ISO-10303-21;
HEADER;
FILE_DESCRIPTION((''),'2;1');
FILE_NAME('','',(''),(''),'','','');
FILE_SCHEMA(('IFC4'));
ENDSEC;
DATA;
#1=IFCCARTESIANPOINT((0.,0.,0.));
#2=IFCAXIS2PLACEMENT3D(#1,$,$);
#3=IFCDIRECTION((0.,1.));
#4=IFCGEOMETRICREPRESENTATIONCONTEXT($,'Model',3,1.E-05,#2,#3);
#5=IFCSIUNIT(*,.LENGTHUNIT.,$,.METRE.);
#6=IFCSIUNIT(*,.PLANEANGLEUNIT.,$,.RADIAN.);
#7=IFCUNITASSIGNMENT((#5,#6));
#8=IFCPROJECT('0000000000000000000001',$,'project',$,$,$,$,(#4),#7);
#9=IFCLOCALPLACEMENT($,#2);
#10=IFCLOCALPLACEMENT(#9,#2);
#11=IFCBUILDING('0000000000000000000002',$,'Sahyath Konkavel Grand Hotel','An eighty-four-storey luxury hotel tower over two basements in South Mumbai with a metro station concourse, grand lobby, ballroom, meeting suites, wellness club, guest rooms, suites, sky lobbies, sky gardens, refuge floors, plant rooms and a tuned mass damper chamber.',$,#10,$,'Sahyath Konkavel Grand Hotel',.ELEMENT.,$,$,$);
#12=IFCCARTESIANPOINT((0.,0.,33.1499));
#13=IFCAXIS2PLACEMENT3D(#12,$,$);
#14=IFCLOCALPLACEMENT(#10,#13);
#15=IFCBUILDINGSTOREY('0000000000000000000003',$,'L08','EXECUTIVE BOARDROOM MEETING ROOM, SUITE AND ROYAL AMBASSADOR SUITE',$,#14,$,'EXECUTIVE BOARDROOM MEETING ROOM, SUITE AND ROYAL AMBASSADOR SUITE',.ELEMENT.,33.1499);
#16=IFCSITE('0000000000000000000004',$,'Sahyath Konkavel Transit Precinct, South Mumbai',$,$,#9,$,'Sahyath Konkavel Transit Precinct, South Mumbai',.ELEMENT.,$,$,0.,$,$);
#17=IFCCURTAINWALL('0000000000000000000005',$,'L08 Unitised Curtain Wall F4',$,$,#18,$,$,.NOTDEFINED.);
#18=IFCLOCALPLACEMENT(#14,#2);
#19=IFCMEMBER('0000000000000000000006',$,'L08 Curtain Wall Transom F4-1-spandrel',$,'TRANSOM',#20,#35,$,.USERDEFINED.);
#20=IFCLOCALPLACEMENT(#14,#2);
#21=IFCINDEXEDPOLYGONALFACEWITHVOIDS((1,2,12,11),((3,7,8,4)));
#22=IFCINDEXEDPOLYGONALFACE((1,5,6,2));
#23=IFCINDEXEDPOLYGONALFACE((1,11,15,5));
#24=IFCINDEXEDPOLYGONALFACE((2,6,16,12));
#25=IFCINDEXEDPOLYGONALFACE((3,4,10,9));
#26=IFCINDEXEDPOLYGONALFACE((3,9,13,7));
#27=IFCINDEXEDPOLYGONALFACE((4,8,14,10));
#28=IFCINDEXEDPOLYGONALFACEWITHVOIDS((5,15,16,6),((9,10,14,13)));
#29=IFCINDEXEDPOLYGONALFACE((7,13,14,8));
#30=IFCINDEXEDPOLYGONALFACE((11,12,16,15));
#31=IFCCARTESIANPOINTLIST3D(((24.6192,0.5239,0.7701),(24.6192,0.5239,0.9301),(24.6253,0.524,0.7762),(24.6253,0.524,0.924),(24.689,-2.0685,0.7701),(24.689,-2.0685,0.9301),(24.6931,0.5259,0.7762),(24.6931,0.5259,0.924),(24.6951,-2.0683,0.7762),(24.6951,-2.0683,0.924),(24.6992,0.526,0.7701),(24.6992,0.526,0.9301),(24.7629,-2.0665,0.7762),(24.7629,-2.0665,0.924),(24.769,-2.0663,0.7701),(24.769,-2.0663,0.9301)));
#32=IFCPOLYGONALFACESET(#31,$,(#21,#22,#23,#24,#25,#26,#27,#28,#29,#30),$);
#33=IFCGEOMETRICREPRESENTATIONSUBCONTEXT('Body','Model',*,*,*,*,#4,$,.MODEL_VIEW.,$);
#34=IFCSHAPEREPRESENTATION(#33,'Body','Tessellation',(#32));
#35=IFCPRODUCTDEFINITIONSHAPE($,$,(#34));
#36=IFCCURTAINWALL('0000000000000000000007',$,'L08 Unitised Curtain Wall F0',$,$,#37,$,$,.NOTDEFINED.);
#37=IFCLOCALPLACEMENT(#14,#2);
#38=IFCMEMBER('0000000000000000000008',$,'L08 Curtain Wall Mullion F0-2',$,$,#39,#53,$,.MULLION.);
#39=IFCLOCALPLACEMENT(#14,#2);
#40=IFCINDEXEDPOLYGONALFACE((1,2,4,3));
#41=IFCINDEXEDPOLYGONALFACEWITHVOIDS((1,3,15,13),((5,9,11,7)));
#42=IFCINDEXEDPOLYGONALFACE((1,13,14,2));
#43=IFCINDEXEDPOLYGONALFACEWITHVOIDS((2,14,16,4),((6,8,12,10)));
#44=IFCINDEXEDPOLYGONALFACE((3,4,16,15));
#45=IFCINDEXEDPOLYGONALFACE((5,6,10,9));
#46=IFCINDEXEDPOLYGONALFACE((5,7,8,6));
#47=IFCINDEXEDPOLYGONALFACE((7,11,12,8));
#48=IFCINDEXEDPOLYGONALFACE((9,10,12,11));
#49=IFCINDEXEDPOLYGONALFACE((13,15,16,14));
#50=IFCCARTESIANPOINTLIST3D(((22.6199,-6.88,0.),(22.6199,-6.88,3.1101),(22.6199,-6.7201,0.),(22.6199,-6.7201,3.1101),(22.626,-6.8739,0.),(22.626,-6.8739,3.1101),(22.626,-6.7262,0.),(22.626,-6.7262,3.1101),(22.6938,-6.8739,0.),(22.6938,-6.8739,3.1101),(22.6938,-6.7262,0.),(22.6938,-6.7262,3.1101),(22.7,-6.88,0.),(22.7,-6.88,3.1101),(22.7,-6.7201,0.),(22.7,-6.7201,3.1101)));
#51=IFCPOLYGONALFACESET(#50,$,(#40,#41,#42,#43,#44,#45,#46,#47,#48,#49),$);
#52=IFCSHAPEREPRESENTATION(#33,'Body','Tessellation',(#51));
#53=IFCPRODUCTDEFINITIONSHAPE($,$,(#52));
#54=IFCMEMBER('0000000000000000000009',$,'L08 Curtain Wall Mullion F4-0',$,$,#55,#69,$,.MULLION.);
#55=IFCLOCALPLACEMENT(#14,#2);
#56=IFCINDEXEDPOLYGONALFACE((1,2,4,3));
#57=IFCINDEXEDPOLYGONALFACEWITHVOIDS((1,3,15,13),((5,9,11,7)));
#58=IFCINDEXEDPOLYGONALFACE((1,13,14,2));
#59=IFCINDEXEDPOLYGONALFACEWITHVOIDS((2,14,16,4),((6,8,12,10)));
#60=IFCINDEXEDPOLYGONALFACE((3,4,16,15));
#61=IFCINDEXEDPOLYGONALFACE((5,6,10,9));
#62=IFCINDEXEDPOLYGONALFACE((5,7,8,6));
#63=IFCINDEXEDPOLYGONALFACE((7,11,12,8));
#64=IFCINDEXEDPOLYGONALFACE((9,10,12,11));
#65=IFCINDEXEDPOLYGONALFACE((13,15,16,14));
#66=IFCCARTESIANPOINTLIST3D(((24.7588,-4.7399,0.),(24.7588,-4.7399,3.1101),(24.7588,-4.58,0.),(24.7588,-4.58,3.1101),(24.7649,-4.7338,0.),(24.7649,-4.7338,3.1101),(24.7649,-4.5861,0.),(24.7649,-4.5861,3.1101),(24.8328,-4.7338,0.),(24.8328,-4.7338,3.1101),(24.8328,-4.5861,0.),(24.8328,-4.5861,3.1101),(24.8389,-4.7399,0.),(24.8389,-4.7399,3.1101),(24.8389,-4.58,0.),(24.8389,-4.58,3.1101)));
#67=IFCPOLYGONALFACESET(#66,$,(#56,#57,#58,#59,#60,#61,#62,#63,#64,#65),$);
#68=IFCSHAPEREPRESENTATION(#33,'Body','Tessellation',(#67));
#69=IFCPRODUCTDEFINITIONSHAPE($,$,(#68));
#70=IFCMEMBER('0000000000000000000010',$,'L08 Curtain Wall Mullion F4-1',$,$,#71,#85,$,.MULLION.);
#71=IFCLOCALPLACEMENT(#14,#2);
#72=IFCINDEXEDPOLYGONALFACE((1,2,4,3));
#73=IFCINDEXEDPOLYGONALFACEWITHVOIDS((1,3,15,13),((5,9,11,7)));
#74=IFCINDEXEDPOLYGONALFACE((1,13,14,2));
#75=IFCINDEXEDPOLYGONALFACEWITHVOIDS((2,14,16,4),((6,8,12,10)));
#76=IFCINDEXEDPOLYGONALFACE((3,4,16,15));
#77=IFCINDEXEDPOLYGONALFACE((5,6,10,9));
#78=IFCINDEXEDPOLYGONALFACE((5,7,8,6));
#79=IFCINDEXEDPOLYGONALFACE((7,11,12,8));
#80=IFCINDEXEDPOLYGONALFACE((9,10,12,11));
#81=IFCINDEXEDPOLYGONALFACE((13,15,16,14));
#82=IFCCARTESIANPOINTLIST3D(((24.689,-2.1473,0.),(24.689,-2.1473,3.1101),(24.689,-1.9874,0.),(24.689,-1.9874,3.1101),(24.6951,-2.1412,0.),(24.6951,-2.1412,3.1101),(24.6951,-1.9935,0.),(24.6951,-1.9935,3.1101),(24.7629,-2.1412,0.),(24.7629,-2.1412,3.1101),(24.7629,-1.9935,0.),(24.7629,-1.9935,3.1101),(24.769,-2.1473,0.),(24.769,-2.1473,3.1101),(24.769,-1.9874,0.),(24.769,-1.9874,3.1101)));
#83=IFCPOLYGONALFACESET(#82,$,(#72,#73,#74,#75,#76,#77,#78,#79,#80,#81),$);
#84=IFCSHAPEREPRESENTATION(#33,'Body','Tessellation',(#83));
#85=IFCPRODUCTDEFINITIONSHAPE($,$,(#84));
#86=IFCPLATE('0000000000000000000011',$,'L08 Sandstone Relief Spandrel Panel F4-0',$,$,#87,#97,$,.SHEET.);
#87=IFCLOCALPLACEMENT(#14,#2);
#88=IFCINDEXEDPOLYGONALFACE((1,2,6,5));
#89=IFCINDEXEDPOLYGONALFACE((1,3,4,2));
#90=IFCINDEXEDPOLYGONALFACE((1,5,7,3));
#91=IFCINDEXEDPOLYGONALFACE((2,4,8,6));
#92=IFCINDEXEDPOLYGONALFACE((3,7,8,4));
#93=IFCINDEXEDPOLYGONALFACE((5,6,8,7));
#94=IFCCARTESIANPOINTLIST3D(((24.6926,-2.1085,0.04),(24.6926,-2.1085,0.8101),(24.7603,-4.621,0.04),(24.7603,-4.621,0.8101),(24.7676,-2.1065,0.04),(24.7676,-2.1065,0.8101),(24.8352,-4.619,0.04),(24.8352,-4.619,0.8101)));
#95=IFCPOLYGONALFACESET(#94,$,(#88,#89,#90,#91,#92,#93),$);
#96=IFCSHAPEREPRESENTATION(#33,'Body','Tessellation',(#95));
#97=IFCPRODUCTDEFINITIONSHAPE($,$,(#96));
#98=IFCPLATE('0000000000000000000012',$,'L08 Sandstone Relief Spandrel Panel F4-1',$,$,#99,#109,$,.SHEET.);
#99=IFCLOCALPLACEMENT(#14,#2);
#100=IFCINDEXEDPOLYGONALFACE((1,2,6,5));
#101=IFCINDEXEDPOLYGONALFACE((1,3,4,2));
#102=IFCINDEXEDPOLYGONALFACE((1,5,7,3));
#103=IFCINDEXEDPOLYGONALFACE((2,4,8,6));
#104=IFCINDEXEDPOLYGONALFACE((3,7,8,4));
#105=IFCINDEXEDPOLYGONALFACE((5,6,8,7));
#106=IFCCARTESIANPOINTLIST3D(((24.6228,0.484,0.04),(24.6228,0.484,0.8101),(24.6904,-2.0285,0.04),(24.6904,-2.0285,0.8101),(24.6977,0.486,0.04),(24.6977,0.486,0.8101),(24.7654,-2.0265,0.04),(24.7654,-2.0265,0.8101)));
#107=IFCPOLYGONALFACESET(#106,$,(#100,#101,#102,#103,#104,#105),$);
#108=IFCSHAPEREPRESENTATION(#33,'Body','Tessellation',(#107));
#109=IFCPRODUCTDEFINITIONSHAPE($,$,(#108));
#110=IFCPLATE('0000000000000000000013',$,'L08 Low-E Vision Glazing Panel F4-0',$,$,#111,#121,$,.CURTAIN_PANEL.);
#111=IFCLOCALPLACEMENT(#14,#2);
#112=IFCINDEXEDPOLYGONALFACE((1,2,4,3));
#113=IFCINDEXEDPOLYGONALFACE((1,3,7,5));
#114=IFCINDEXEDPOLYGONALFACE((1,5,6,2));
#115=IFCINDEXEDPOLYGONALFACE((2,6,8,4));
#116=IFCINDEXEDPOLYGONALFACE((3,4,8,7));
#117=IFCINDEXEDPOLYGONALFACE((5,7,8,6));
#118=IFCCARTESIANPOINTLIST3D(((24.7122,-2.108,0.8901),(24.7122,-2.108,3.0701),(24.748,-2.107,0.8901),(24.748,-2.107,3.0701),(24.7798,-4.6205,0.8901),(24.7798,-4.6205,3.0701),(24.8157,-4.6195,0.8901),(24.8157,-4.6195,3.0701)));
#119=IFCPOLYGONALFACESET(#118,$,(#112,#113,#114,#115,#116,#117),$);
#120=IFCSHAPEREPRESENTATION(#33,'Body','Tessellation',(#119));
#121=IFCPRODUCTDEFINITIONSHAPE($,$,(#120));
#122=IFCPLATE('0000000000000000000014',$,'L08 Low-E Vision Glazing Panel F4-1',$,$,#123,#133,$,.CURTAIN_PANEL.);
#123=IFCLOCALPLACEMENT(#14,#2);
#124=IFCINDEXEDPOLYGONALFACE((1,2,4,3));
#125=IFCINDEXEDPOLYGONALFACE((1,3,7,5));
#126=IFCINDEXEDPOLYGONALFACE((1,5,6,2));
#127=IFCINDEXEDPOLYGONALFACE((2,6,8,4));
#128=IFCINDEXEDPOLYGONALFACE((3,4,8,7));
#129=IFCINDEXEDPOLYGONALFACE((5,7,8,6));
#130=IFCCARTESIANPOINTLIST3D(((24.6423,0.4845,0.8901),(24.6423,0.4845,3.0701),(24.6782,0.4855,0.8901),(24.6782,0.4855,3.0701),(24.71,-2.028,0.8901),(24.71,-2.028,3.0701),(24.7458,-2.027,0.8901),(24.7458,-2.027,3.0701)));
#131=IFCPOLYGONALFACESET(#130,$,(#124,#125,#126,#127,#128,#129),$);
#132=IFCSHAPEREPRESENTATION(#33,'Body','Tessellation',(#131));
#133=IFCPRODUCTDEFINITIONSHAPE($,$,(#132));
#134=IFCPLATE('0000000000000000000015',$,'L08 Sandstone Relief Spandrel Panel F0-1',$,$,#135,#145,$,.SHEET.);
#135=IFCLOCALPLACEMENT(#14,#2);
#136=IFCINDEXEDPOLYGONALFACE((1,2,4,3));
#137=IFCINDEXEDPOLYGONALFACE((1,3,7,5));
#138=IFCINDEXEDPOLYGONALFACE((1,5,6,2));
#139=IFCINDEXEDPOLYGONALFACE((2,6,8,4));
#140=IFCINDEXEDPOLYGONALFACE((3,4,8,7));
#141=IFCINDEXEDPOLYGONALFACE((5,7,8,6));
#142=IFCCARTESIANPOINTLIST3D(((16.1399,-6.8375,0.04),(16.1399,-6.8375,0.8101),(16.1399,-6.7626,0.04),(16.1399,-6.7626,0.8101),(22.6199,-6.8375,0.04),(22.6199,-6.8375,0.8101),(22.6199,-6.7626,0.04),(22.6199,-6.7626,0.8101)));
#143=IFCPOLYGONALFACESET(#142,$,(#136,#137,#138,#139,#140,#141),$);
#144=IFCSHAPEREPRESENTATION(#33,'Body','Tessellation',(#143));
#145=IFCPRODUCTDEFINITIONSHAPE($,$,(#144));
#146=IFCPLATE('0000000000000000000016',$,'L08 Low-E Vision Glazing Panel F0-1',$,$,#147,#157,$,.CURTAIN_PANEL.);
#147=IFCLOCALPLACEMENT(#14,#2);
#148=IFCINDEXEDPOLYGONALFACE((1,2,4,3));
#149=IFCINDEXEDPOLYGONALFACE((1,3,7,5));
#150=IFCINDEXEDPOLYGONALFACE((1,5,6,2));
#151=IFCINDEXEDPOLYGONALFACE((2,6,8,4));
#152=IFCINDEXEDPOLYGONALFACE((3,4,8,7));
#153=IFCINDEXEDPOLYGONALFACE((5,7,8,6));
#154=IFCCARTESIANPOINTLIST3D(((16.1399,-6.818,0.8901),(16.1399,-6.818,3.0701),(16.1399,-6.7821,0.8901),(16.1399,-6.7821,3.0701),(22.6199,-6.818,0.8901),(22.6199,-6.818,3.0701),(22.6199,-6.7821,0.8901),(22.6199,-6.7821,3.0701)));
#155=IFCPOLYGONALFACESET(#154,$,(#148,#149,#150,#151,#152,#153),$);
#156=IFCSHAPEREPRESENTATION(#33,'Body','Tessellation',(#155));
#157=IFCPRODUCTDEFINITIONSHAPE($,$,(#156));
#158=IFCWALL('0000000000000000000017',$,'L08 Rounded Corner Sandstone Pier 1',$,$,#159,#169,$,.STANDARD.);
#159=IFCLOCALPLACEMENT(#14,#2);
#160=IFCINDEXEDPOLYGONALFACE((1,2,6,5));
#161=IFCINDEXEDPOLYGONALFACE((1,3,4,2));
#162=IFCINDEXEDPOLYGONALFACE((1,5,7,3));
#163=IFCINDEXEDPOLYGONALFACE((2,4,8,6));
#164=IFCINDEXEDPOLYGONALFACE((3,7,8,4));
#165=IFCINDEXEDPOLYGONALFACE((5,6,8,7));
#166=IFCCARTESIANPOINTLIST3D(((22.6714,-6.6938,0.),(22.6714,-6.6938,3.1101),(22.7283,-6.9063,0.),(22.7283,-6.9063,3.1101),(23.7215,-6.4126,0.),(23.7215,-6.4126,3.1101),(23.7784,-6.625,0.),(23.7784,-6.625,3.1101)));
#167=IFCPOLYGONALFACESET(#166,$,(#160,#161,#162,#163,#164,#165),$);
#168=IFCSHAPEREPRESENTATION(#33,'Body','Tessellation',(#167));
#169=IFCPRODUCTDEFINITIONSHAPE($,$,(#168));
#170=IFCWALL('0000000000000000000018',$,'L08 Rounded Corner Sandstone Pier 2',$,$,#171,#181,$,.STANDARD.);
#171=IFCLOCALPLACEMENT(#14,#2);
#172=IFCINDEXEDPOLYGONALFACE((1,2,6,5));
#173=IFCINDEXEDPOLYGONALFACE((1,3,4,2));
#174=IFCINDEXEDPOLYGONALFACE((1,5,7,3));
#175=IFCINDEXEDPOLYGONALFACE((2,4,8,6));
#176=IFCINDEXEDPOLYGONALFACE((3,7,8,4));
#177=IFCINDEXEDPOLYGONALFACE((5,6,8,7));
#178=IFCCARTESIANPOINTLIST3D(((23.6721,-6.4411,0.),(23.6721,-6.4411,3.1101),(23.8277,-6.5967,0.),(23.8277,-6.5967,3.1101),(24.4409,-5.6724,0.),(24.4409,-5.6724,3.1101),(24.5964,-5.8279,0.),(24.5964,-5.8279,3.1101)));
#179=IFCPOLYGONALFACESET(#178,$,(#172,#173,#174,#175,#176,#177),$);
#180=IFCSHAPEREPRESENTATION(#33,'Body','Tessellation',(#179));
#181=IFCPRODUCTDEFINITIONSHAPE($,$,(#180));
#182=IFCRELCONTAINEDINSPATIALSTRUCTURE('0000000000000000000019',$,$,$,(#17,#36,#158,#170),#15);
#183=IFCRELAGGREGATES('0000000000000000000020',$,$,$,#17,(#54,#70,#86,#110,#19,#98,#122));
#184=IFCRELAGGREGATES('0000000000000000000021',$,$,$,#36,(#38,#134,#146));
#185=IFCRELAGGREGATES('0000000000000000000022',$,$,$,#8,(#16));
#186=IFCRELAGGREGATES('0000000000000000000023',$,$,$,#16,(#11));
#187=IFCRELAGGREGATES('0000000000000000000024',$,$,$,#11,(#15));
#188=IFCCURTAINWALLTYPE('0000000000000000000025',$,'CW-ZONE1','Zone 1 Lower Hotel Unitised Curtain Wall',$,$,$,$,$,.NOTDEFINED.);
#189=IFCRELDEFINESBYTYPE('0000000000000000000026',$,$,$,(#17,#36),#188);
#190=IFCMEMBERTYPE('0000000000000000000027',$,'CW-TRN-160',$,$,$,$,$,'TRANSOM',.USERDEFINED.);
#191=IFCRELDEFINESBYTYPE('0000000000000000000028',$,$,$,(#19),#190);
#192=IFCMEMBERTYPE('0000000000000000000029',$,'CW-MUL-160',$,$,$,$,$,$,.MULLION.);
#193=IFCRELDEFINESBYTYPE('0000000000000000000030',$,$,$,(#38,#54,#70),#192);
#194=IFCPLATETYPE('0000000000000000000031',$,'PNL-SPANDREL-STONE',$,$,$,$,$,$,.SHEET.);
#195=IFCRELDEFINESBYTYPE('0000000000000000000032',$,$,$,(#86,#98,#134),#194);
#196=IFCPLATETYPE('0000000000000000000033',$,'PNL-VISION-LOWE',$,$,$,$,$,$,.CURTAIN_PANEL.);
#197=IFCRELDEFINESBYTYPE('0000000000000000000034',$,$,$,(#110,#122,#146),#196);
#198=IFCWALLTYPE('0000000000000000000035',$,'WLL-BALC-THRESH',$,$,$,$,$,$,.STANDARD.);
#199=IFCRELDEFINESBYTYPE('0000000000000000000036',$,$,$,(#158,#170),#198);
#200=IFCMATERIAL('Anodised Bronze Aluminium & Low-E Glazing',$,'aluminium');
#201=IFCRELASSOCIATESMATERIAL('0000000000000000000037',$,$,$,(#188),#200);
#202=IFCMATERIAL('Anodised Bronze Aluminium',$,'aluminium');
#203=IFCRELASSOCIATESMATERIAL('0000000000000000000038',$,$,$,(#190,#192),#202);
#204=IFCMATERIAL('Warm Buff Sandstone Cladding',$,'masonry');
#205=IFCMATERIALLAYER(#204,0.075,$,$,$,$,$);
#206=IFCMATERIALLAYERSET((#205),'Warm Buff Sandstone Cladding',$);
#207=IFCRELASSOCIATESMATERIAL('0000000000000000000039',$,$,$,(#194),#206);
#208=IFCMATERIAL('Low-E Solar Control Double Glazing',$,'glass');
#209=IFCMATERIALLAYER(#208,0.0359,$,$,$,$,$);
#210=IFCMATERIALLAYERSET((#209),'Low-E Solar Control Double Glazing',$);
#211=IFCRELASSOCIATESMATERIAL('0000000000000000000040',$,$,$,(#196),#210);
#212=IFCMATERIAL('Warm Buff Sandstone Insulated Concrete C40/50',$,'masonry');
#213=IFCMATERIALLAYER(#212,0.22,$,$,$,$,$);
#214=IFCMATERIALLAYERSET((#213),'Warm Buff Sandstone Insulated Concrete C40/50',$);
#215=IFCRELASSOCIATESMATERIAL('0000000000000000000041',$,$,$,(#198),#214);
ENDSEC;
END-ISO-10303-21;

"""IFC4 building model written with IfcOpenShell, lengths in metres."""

from ifc_helpers import new_model, si_unit, direction, frame, frame_2d, origin, origin_2d, place, context, subcontext, project, spatial, rectangle, hollow_rectangle, extrude, source, transform, mapped, material, layer, layer_set, material_profile, profile_set, type_object, element, aggregate, save


model = new_model("IFC4")

# Units and contexts
model_context = context("Model", 3, precision=1e-05, world=origin(), true_north=direction((0.0, 1.0)))
body_context = subcontext(model_context, "Body", "Model", "MODEL_VIEW")
ifc_project = project(units=[si_unit("LENGTHUNIT", "METRE"), si_unit("PLANEANGLEUNIT", "RADIAN")], contexts=[model_context])

# Site, building, storey
site_placement = place(None, origin())
site = spatial("IfcSite", under=ifc_project, at=site_placement, Name="Sahyath Konkavel Transit Precinct, South Mumbai", LongName="Sahyath Konkavel Transit Precinct, South Mumbai", CompositionType="ELEMENT", RefElevation=0.0)
building_placement = place(site_placement, origin())
building = spatial("IfcBuilding", under=site, at=building_placement, Name="Sahyath Konkavel Grand Hotel", Description="An eighty-four-storey luxury hotel tower over two basements in South Mumbai with a metro station concourse, grand lobby, ballroom, meeting suites, wellness club, guest rooms, suites, sky lobbies, sky gardens, refuge floors, plant rooms and a tuned mass damper chamber.", LongName="Sahyath Konkavel Grand Hotel", CompositionType="ELEMENT")
storey_placement = place(building_placement, frame((0.0, 0.0, 33.1499)))
storey = spatial("IfcBuildingStorey", under=building, at=storey_placement, Name="L08", Description="EXECUTIVE BOARDROOM MEETING ROOM, SUITE AND ROYAL AMBASSADOR SUITE", LongName="EXECUTIVE BOARDROOM MEETING ROOM, SUITE AND ROYAL AMBASSADOR SUITE", CompositionType="ELEMENT", Elevation=33.1499)

# Curtain wall, member
ifc_material_1 = material(Name="Anodised Bronze Aluminium & Low-E Glazing", Category="aluminium")
curtain_wall_type = type_object("IfcCurtainWallType", Name="CW-ZONE1", Description="Zone 1 Lower Hotel Unitised Curtain Wall", PredefinedType="NOTDEFINED", material=ifc_material_1)
curtain_wall_1_placement = place(storey_placement, origin())
curtain_wall_1 = element("IfcCurtainWall", 1, at=curtain_wall_1_placement, inside=storey, type_object=curtain_wall_type, Name="L08 Unitised Curtain Wall F4", PredefinedType="NOTDEFINED")
ifc_material_2 = material(Name="Anodised Bronze Aluminium", Category="aluminium")
ifc_material_profile_1 = material_profile(ifc_material_2, hollow_rectangle(XDim=0.0801, YDim=0.1599, WallThickness=0.0061, at=origin_2d()), Name="RHS 160x80x6")
ifc_profile_set_1 = profile_set([ifc_material_profile_1], Name="Anodised Bronze Aluminium")
member_type_1 = type_object("IfcMemberType", Name="CW-TRN-160", ElementType="TRANSOM", PredefinedType="USERDEFINED", material=ifc_profile_set_1)
shared_shape_1 = source(origin(), body_context, "Body", "SweptSolid", [
    extrude(hollow_rectangle(XDim=0.0801, YDim=0.1599, WallThickness=0.0061, at=origin_2d()), origin(), (0.0, 0.0, 1.0), 2.5933),
])
member_1_placement = place(storey_placement, frame((24.729, -2.0674, 0.8501), z_axis=(-0.026926, 0.999637, 0.0), x_axis=(-0.999637, -0.026926, 0.0)))
member_1 = element("IfcMember", 2, at=member_1_placement, type_object=member_type_1, Name="L08 Curtain Wall Transom F4-1-spandrel", ObjectType="TRANSOM", PredefinedType="USERDEFINED", context=body_context, shape_type="MappedRepresentation", body=[
    mapped(shared_shape_1, transform((0.0, 0.0, 0.0), scale=1.0)),
])

# Curtain wall, member
curtain_wall_2_placement = place(storey_placement, origin())
curtain_wall_2 = element("IfcCurtainWall", 3, at=curtain_wall_2_placement, inside=storey, type_object=curtain_wall_type, Name="L08 Unitised Curtain Wall F0", PredefinedType="NOTDEFINED")
ifc_material_profile_2 = material_profile(ifc_material_2, hollow_rectangle(XDim=0.0801, YDim=0.1599, WallThickness=0.0061, at=origin_2d()), Name="RHS 160x80x6")
ifc_profile_set_2 = profile_set([ifc_material_profile_2], Name="Anodised Bronze Aluminium")
member_type_2 = type_object("IfcMemberType", Name="CW-MUL-160", PredefinedType="MULLION", material=ifc_profile_set_2)
shared_shape_2 = source(origin(), body_context, "Body", "SweptSolid", [
    extrude(hollow_rectangle(XDim=0.0801, YDim=0.1599, WallThickness=0.0061, at=origin_2d()), origin(), (0.0, 0.0, 1.0), 3.1101),
])
member_2_placement = place(storey_placement, frame((22.6599, -6.8, 0.0), z_axis=(0.0, 0.0, 1.0), x_axis=(1.0, 0.0, 0.0)))
member_2 = element("IfcMember", 4, at=member_2_placement, type_object=member_type_2, Name="L08 Curtain Wall Mullion F0-2", PredefinedType="MULLION", context=body_context, shape_type="MappedRepresentation", body=[
    mapped(shared_shape_2, transform((0.0, 0.0, 0.0), scale=1.0)),
])

# Members
member_3_placement = place(storey_placement, frame((24.7988, -4.6599, 0.0), z_axis=(0.0, 0.0, 1.0), x_axis=(1.0, 0.0, 0.0)))
member_3 = element("IfcMember", 5, at=member_3_placement, type_object=member_type_2, Name="L08 Curtain Wall Mullion F4-0", PredefinedType="MULLION", context=body_context, shape_type="MappedRepresentation", body=[
    mapped(shared_shape_2, transform((0.0, 0.0, 0.0), scale=1.0)),
])
member_4_placement = place(storey_placement, frame((24.729, -2.0674, 0.0), z_axis=(0.0, 0.0, 1.0), x_axis=(1.0, 0.0, 0.0)))
member_4 = element("IfcMember", 6, at=member_4_placement, type_object=member_type_2, Name="L08 Curtain Wall Mullion F4-1", PredefinedType="MULLION", context=body_context, shape_type="MappedRepresentation", body=[
    mapped(shared_shape_2, transform((0.0, 0.0, 0.0), scale=1.0)),
])

# Plates
ifc_material_3 = material(Name="Warm Buff Sandstone Cladding", Category="masonry")
ifc_layer_1 = layer(ifc_material_3, 0.075)
ifc_layer_set_1 = layer_set([ifc_layer_1], Name="Warm Buff Sandstone Cladding")
plate_type_1 = type_object("IfcPlateType", Name="PNL-SPANDREL-STONE", PredefinedType="SHEET", material=ifc_layer_set_1)
shared_shape_3 = source(origin(), body_context, "Body", "SweptSolid", [
    extrude(rectangle(XDim=2.5134, YDim=0.075, at=origin_2d()), origin(), (0.0, 0.0, 1.0), 0.77),
])
plate_1_placement = place(storey_placement, frame((24.7639, -3.3638, 0.04), z_axis=(0.0, 0.0, 1.0), x_axis=(-0.02691, 0.999638, 0.0)))
plate_1 = element("IfcPlate", 7, at=plate_1_placement, type_object=plate_type_1, Name="L08 Sandstone Relief Spandrel Panel F4-0", PredefinedType="SHEET", context=body_context, shape_type="MappedRepresentation", body=[
    mapped(shared_shape_3, transform((0.0, 0.0, 0.0), scale=1.0)),
])
plate_2_placement = place(storey_placement, frame((24.6941, -0.7712, 0.04), z_axis=(0.0, 0.0, 1.0), x_axis=(-0.02691, 0.999638, 0.0)))
plate_2 = element("IfcPlate", 8, at=plate_2_placement, type_object=plate_type_1, Name="L08 Sandstone Relief Spandrel Panel F4-1", PredefinedType="SHEET", context=body_context, shape_type="MappedRepresentation", body=[
    mapped(shared_shape_3, transform((0.0, 0.0, 0.0), scale=1.0)),
])
ifc_material_4 = material(Name="Low-E Solar Control Double Glazing", Category="glass")
ifc_layer_2 = layer(ifc_material_4, 0.0359)
ifc_layer_set_2 = layer_set([ifc_layer_2], Name="Low-E Solar Control Double Glazing")
plate_type_2 = type_object("IfcPlateType", Name="PNL-VISION-LOWE", PredefinedType="CURTAIN_PANEL", material=ifc_layer_set_2)
shared_shape_4 = source(origin(), body_context, "Body", "SweptSolid", [
    extrude(rectangle(XDim=2.5134, YDim=0.0359, at=origin_2d()), origin(), (0.0, 0.0, 1.0), 2.1799),
])
plate_3_placement = place(storey_placement, frame((24.7639, -3.3638, 0.8901), z_axis=(0.0, 0.0, 1.0), x_axis=(-0.02691, 0.999638, 0.0)))
plate_3 = element("IfcPlate", 9, at=plate_3_placement, type_object=plate_type_2, Name="L08 Low-E Vision Glazing Panel F4-0", PredefinedType="CURTAIN_PANEL", context=body_context, shape_type="MappedRepresentation", body=[
    mapped(shared_shape_4, transform((0.0, 0.0, 0.0), scale=1.0)),
])
plate_4_placement = place(storey_placement, frame((24.6941, -0.7712, 0.8901), z_axis=(0.0, 0.0, 1.0), x_axis=(-0.02691, 0.999638, 0.0)))
plate_4 = element("IfcPlate", 10, at=plate_4_placement, type_object=plate_type_2, Name="L08 Low-E Vision Glazing Panel F4-1", PredefinedType="CURTAIN_PANEL", context=body_context, shape_type="MappedRepresentation", body=[
    mapped(shared_shape_4, transform((0.0, 0.0, 0.0), scale=1.0)),
])
aggregate(curtain_wall_1, [member_3, member_4, plate_1, plate_3, member_1, plate_2, plate_4])
shared_shape_5 = source(origin(), body_context, "Body", "SweptSolid", [
    extrude(rectangle(XDim=6.48, YDim=0.075, at=origin_2d()), origin(), (0.0, 0.0, 1.0), 0.77),
])
plate_5_placement = place(storey_placement, frame((19.3799, -6.8, 0.04), z_axis=(0.0, 0.0, 1.0), x_axis=(1.0, 0.0, 0.0)))
plate_5 = element("IfcPlate", 11, at=plate_5_placement, type_object=plate_type_1, Name="L08 Sandstone Relief Spandrel Panel F0-1", PredefinedType="SHEET", context=body_context, shape_type="MappedRepresentation", body=[
    mapped(shared_shape_5, transform((0.0, 0.0, 0.0), scale=1.0)),
])
shared_shape_6 = source(origin(), body_context, "Body", "SweptSolid", [
    extrude(rectangle(XDim=6.48, YDim=0.0359, at=origin_2d()), origin(), (0.0, 0.0, 1.0), 2.1799),
])
plate_6_placement = place(storey_placement, frame((19.3799, -6.8, 0.8901), z_axis=(0.0, 0.0, 1.0), x_axis=(1.0, 0.0, 0.0)))
plate_6 = element("IfcPlate", 12, at=plate_6_placement, type_object=plate_type_2, Name="L08 Low-E Vision Glazing Panel F0-1", PredefinedType="CURTAIN_PANEL", context=body_context, shape_type="MappedRepresentation", body=[
    mapped(shared_shape_6, transform((0.0, 0.0, 0.0), scale=1.0)),
])
aggregate(curtain_wall_2, [member_2, plate_5, plate_6])

# Walls
ifc_material_5 = material(Name="Warm Buff Sandstone Insulated Concrete C40/50", Category="masonry")
ifc_layer_3 = layer(ifc_material_5, 0.22)
ifc_layer_set_3 = layer_set([ifc_layer_3], Name="Warm Buff Sandstone Insulated Concrete C40/50")
wall_type_1 = type_object("IfcWallType", Name="WLL-BALC-THRESH", PredefinedType="STANDARD", material=ifc_layer_set_3)
for number, where, z_axis, x_axis, name in (
    (13, (22.7, -6.8, 0.0), (0.0, 0.0, 1.0), (0.965951, 0.258725, 0.0), "L08 Rounded Corner Sandstone Pier 1"),
    (14, (23.75, -6.5188, 0.0), (0.0, 0.0, 1.0), (0.707107, 0.707107, 0.0), "L08 Rounded Corner Sandstone Pier 2"),
):
    element("IfcWall", number, at=place(storey_placement, frame(where, z_axis=z_axis, x_axis=x_axis)), inside=storey, type_object=wall_type_1, Name=name, PredefinedType="STANDARD", context=body_context, shape_type="SweptSolid", body=[
        extrude(rectangle(XDim=1.0872, YDim=0.22, at=frame_2d((0.5435, 0.0))), origin(), (0.0, 0.0, 1.0), 3.1101),
    ])

save(model, "model.ifc")
